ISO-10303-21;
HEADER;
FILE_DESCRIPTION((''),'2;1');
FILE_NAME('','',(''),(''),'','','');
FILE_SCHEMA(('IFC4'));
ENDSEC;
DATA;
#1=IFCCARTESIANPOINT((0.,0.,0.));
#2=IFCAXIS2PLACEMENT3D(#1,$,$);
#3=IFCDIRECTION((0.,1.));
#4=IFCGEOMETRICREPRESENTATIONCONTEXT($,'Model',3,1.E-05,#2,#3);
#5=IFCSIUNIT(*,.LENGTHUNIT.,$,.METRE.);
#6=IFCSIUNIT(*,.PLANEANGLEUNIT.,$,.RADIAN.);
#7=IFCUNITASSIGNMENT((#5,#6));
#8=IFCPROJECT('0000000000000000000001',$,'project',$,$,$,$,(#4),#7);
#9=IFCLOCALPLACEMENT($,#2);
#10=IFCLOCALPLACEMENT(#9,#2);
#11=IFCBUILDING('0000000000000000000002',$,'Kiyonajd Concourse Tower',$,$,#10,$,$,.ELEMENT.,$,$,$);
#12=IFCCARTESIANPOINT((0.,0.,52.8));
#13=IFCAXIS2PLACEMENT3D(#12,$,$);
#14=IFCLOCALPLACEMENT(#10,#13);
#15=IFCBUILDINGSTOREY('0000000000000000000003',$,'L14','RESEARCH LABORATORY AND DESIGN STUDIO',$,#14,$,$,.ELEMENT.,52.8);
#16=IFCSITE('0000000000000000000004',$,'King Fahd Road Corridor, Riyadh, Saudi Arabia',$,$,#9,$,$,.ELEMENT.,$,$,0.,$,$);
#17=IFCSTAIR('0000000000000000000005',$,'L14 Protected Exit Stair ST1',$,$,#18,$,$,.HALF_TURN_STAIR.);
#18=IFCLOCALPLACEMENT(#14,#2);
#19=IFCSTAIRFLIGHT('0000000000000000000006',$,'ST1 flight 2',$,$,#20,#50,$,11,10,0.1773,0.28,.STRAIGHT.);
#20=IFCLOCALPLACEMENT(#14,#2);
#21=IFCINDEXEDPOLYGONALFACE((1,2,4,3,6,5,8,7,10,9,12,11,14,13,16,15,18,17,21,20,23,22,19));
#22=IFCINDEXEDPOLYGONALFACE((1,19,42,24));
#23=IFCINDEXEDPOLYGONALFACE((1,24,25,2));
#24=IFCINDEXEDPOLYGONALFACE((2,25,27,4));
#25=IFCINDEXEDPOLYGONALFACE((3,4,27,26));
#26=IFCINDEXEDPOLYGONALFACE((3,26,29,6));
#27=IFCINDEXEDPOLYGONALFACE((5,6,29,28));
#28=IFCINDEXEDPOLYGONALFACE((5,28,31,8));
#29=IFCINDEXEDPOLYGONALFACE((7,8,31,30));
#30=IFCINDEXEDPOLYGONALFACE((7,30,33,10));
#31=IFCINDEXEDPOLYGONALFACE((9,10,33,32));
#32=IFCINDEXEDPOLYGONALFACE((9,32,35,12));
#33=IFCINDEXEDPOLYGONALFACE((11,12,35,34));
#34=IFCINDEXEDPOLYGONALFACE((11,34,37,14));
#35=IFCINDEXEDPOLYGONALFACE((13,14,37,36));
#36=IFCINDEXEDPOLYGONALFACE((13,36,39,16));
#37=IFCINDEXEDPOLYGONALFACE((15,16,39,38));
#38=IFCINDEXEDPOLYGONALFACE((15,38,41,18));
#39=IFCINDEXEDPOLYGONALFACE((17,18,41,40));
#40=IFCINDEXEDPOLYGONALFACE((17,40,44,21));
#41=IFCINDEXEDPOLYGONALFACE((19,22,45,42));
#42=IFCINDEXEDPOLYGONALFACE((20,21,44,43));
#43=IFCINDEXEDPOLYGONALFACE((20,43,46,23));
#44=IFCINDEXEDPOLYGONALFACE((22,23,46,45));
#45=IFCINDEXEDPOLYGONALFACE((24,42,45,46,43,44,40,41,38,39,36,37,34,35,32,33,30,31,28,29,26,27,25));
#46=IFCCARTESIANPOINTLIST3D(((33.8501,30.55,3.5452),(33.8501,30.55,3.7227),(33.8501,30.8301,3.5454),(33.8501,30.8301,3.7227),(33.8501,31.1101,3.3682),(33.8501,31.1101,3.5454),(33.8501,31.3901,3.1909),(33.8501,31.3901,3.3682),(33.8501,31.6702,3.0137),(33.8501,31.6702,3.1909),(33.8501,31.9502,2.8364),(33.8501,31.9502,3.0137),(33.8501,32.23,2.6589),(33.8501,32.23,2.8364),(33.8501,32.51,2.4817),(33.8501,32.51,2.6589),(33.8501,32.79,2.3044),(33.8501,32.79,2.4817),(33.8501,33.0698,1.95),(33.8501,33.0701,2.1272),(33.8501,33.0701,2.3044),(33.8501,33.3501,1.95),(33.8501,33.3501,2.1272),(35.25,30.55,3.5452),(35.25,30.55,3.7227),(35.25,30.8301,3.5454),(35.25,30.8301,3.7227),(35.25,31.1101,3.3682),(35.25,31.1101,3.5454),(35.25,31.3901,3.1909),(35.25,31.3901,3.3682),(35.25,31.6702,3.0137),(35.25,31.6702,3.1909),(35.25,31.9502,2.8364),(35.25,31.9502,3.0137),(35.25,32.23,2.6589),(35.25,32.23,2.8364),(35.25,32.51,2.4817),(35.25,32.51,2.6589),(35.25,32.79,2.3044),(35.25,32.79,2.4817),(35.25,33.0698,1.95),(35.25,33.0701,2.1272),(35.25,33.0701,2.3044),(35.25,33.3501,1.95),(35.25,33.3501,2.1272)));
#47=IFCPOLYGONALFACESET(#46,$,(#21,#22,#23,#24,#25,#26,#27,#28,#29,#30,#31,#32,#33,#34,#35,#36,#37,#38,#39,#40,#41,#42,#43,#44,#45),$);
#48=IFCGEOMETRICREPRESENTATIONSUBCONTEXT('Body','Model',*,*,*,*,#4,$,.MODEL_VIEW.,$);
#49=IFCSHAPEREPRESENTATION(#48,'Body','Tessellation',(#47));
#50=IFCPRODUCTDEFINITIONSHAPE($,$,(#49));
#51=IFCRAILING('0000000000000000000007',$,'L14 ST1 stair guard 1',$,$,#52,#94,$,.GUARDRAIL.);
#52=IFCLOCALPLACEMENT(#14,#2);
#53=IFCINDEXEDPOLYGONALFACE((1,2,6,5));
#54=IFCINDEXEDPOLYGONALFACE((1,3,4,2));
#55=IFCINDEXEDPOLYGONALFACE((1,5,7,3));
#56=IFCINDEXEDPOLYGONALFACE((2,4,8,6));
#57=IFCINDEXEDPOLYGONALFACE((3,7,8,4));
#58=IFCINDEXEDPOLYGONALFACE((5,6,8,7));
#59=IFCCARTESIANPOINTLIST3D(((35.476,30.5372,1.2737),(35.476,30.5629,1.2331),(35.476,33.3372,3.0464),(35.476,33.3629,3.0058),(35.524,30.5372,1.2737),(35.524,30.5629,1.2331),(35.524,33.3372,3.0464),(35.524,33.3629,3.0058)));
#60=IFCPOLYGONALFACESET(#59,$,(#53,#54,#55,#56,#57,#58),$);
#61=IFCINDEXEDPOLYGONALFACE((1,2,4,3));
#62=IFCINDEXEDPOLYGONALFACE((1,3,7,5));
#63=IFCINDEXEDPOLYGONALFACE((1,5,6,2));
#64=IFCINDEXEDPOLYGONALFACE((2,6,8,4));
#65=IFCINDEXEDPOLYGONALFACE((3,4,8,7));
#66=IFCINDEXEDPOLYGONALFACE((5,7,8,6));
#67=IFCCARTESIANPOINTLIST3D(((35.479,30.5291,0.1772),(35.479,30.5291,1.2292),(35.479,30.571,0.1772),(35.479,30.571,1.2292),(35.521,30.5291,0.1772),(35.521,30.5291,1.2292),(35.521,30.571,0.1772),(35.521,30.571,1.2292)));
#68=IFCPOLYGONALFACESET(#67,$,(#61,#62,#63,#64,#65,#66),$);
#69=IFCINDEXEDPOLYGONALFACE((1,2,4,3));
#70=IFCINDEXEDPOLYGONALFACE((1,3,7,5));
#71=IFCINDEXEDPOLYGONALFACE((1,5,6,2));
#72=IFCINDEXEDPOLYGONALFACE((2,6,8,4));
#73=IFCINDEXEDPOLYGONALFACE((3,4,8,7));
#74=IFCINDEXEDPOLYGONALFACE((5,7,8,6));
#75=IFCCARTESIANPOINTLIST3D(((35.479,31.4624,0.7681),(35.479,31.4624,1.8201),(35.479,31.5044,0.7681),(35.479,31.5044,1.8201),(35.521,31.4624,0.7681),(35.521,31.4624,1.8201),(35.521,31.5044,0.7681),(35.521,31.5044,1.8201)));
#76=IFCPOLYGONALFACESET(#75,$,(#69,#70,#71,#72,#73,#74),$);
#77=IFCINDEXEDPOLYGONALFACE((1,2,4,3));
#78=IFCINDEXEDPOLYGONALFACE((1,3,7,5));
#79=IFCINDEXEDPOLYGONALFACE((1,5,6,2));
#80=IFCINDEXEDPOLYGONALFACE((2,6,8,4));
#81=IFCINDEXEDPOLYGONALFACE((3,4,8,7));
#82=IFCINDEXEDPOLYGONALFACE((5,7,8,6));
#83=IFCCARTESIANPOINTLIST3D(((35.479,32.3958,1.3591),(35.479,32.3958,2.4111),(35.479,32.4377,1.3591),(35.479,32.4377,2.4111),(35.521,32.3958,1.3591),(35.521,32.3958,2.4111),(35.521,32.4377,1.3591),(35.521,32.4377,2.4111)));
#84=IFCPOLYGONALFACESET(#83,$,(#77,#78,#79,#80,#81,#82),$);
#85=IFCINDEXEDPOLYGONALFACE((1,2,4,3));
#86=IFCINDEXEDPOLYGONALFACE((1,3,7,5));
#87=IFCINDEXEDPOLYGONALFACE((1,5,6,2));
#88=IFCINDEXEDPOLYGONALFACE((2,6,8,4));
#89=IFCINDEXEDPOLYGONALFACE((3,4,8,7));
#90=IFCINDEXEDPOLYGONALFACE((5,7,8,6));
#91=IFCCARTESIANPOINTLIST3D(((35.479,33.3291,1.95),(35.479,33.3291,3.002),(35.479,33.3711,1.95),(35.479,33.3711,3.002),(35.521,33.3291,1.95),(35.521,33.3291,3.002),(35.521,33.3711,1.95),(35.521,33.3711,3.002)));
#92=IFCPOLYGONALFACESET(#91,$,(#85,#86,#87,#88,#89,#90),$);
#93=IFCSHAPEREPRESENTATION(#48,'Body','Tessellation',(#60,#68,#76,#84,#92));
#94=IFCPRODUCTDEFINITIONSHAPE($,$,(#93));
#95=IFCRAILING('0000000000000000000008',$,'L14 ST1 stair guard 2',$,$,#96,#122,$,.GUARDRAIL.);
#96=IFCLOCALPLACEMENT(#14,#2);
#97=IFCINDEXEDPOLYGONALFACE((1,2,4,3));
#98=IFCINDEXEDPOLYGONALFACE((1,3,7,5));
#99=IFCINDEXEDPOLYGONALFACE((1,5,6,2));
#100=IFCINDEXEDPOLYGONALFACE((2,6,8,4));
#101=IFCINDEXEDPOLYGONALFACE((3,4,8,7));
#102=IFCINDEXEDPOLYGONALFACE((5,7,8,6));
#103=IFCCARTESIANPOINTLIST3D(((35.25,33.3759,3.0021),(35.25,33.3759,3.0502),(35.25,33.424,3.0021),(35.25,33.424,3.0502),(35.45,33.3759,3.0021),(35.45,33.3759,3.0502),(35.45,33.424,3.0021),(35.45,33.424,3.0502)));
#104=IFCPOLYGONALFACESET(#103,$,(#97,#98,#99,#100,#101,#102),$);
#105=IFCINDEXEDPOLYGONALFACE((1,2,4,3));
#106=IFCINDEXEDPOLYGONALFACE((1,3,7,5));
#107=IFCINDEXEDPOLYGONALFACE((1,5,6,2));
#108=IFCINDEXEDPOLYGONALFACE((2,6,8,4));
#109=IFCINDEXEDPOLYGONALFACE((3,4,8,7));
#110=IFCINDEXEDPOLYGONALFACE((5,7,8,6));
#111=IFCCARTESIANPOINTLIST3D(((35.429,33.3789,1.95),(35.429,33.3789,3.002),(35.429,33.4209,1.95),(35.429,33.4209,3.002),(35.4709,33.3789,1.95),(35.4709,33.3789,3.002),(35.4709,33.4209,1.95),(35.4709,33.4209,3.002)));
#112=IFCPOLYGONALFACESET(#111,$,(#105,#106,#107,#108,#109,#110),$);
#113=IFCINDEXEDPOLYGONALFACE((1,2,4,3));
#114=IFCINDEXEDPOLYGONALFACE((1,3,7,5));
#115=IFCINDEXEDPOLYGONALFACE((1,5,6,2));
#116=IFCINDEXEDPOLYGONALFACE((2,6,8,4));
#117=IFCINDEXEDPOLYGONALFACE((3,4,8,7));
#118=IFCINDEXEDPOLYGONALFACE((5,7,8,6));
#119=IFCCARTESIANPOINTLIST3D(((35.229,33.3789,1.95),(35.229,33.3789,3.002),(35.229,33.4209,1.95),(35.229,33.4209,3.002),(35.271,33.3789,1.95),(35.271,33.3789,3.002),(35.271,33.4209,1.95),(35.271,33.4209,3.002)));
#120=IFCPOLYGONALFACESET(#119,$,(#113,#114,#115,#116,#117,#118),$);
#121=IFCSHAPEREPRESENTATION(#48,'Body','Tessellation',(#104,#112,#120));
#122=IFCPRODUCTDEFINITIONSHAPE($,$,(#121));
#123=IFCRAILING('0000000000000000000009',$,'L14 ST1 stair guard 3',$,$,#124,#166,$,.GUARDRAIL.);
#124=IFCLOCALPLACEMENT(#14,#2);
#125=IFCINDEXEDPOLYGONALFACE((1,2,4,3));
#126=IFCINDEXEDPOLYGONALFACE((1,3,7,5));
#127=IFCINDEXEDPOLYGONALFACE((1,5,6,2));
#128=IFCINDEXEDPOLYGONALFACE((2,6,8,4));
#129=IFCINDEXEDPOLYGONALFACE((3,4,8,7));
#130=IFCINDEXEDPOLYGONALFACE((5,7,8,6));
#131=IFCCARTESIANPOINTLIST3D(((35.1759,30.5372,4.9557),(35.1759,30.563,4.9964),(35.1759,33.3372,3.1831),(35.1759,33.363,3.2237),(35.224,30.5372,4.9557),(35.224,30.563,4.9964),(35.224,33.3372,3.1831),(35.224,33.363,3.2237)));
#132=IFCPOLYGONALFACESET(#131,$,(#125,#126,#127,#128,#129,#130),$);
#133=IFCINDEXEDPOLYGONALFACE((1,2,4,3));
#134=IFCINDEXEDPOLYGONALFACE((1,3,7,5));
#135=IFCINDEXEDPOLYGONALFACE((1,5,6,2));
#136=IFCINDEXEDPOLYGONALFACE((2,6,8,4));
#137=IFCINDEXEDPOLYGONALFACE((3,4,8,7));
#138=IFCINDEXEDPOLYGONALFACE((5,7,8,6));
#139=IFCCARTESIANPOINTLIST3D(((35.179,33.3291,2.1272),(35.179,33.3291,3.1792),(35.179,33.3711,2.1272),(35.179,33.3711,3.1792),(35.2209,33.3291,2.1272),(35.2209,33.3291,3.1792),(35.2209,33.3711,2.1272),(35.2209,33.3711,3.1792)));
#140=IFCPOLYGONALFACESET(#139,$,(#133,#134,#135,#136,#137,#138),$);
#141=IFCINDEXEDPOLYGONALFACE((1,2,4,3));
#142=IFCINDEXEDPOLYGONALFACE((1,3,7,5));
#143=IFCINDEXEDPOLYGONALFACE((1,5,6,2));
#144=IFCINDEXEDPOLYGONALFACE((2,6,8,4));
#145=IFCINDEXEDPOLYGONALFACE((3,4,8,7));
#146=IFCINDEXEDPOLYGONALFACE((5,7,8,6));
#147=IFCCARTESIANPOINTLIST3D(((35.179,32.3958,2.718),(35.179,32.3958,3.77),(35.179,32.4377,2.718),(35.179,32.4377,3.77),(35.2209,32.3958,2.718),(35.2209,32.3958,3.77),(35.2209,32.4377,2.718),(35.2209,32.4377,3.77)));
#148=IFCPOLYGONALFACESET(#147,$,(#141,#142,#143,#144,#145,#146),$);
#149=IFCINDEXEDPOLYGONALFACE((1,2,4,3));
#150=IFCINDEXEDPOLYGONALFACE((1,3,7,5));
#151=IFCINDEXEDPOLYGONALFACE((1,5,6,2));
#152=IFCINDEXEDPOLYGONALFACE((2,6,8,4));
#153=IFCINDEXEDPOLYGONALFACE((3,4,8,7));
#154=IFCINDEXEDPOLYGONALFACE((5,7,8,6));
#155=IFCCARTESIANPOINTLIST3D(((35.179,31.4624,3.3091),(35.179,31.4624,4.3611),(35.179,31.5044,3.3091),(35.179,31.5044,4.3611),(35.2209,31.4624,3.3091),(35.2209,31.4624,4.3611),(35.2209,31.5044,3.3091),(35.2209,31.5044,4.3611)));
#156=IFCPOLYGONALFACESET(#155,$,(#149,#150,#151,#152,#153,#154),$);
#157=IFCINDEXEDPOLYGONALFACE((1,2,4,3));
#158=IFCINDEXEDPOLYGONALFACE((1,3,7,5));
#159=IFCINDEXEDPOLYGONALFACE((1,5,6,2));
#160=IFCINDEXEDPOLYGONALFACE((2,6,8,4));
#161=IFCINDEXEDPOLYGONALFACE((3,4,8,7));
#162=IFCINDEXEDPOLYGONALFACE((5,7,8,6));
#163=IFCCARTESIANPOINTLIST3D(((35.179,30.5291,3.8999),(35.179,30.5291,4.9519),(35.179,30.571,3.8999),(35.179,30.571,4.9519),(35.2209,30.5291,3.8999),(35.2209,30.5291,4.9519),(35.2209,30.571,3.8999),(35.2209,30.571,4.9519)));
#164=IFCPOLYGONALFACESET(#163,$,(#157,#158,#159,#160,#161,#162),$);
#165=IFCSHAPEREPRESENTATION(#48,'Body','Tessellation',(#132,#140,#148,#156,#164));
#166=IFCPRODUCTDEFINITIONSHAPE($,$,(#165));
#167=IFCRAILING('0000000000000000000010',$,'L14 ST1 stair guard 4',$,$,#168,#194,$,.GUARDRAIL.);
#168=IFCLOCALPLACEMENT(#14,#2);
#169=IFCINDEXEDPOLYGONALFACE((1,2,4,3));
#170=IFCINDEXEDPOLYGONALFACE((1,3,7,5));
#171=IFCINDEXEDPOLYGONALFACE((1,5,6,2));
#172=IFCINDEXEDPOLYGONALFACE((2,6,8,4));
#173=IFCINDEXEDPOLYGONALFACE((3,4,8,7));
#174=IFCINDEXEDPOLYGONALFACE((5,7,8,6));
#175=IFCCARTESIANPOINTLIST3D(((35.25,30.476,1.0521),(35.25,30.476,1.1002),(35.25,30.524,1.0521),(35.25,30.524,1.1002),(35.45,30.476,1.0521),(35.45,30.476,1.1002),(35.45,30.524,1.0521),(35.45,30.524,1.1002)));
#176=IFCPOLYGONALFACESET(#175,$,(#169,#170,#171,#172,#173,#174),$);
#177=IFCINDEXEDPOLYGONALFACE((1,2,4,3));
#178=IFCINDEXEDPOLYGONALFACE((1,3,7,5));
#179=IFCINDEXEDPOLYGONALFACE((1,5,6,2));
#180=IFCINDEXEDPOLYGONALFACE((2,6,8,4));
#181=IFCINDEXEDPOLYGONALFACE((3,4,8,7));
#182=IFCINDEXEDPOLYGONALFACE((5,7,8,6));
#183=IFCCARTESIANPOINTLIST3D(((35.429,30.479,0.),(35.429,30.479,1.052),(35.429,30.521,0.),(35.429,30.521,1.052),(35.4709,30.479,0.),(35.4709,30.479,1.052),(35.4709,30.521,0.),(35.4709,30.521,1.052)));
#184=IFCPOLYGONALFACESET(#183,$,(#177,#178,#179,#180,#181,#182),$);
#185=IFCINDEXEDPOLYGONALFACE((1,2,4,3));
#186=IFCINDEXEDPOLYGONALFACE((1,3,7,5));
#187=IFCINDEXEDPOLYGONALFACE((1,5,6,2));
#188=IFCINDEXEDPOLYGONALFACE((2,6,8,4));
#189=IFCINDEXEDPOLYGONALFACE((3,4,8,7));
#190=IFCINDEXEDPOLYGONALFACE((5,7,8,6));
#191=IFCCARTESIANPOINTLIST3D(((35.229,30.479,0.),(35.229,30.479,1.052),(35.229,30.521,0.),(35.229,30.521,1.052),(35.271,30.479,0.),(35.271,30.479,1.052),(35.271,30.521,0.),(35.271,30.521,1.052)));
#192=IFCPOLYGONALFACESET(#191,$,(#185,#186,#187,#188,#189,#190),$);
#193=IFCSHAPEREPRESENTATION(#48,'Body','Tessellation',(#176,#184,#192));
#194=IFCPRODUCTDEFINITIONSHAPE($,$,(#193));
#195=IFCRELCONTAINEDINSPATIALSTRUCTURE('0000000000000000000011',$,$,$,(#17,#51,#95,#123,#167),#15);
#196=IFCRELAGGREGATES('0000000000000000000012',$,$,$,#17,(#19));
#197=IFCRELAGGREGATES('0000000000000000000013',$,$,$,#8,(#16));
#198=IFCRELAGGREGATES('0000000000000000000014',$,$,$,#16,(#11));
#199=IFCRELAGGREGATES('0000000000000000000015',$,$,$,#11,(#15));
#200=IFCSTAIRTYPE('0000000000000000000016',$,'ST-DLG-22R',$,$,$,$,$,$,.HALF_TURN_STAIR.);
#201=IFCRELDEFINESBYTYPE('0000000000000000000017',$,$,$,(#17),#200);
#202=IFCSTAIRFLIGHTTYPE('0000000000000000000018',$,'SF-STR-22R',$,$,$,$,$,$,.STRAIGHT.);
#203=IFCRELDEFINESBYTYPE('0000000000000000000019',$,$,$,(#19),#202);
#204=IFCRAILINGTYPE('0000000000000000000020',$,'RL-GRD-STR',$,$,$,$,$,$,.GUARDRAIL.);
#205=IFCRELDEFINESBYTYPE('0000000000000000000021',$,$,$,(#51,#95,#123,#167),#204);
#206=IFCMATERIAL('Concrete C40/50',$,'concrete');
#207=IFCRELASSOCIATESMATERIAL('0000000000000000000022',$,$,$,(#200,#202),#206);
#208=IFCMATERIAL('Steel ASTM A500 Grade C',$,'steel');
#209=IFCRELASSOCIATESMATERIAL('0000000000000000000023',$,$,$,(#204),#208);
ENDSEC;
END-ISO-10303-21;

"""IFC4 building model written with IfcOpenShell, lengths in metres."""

from ifc_helpers import new_model, si_unit, direction, frame, origin, origin_2d, place, context, subcontext, project, spatial, polyline, rectangle, outline, extrude, material, type_object, element, aggregate, save


model = new_model("IFC4")

# Units and contexts
model_context = context("Model", 3, precision=1e-05, world=origin(), true_north=direction((0.0, 1.0)))
body_context = subcontext(model_context, "Body", "Model", "MODEL_VIEW")
ifc_project = project(units=[si_unit("LENGTHUNIT", "METRE"), si_unit("PLANEANGLEUNIT", "RADIAN")], contexts=[model_context])

# Site, building, storey
site_placement = place(None, origin())
site = spatial("IfcSite", under=ifc_project, at=site_placement, Name="King Fahd Road Corridor, Riyadh, Saudi Arabia", CompositionType="ELEMENT", RefElevation=0.0)
building_placement = place(site_placement, origin())
building = spatial("IfcBuilding", under=site, at=building_placement, Name="Kiyonajd Concourse Tower", CompositionType="ELEMENT")
storey_placement = place(building_placement, frame((0.0, 0.0, 52.8)))
storey = spatial("IfcBuildingStorey", under=building, at=storey_placement, Name="L14", Description="RESEARCH LABORATORY AND DESIGN STUDIO", CompositionType="ELEMENT", Elevation=52.8)

# Stair, stair flight
ifc_material_1 = material(Name="Concrete C40/50", Category="concrete")
stair_type = type_object("IfcStairType", Name="ST-DLG-22R", PredefinedType="HALF_TURN_STAIR", material=ifc_material_1)
stair_placement = place(storey_placement, origin())
stair = element("IfcStair", 1, at=stair_placement, inside=storey, type_object=stair_type, Name="L14 Protected Exit Stair ST1", PredefinedType="HALF_TURN_STAIR")
stair_flight_type = type_object("IfcStairFlightType", Name="SF-STR-22R", PredefinedType="STRAIGHT", material=ifc_material_1)
stair_flight_1_placement = place(storey_placement, frame((34.55, 33.3501, 1.95), z_axis=(0.0, 0.0, 1.0), x_axis=(0.0, -1.0, 0.0)))
stair_flight_1 = element("IfcStairFlight", 2, at=stair_flight_1_placement, type_object=stair_flight_type, Name="ST1 flight 2", NumberOfRisers=11, NumberOfTreads=10, PredefinedType="STRAIGHT", RiserHeight=0.1773, TreadLength=0.28, context=body_context, shape_type="SweptSolid", body=[
    extrude(outline(polyline([(0.0, 0.0), (0.0, 0.1772), (0.28, 0.1772), (0.28, 0.3545), (0.5601, 0.3545), (0.5601, 0.5317), (0.8401, 0.5317), (0.8401, 0.709), (1.1201, 0.709), (1.1201, 0.8865), (1.3999, 0.8865), (1.3999, 1.0637), (1.6799, 1.0637), (1.6799, 1.241), (1.96, 1.241), (1.96, 1.4182), (2.24, 1.4182), (2.24, 1.5955), (2.52, 1.5955), (2.52, 1.7727), (2.8, 1.7727), (2.8, 1.95), (2.8, 1.5952), (0.2803, 0.0), (0.0, 0.0)])), frame((0.0, 0.7, 0.0), z_axis=(0.0, -1.0, 0.0), x_axis=(1.0, 0.0, 0.0)), (0.0, 0.0, 1.0), 1.3999),
])
aggregate(stair, [stair_flight_1])

# Railings
ifc_material_2 = material(Name="Steel ASTM A500 Grade C", Category="steel")
railing_type_1 = type_object("IfcRailingType", Name="RL-GRD-STR", PredefinedType="GUARDRAIL", material=ifc_material_2)
railing_1_placement = place(storey_placement, frame((35.5, 30.55, 0.1772)))
element("IfcRailing", 3, at=railing_1_placement, inside=storey, type_object=railing_type_1, Name="L14 ST1 stair guard 1", PredefinedType="GUARDRAIL", context=body_context, shape_type="SweptSolid", body=[
    extrude(rectangle(XDim=0.0481, YDim=0.0481, at=origin_2d()), frame((0.0, 0.0, 1.0762), z_axis=(0.0, 0.844909, 0.53491), x_axis=(-1.0, 0.0, 0.0)), (0.0, 0.0, 1.0), 3.314),
    extrude(rectangle(XDim=0.042, YDim=0.042, at=origin_2d()), origin(), (0.0, 0.0, 1.0), 1.052),
    extrude(rectangle(XDim=0.042, YDim=0.042, at=origin_2d()), frame((0.0, 0.9333, 0.5908)), (0.0, 0.0, 1.0), 1.052),
    extrude(rectangle(XDim=0.042, YDim=0.042, at=origin_2d()), frame((0.0, 1.8667, 1.1819)), (0.0, 0.0, 1.0), 1.052),
    extrude(rectangle(XDim=0.042, YDim=0.042, at=origin_2d()), frame((0.0, 2.8, 1.7727)), (0.0, 0.0, 1.0), 1.052),
])
railing_2_placement = place(storey_placement, frame((35.45, 33.3999, 1.95)))
element("IfcRailing", 4, at=railing_2_placement, inside=storey, type_object=railing_type_1, Name="L14 ST1 stair guard 2", PredefinedType="GUARDRAIL", context=body_context, shape_type="SweptSolid", body=[
    extrude(rectangle(XDim=0.0481, YDim=0.0481, at=origin_2d()), frame((0.0, 0.0, 1.0762), z_axis=(-1.0, 0.0, 0.0), x_axis=(0.0, -1.0, 0.0)), (0.0, 0.0, 1.0), 0.2),
    extrude(rectangle(XDim=0.042, YDim=0.042, at=origin_2d()), origin(), (0.0, 0.0, 1.0), 1.052),
    extrude(rectangle(XDim=0.042, YDim=0.042, at=origin_2d()), frame((-0.2, 0.0, 0.0)), (0.0, 0.0, 1.0), 1.052),
])
railing_3_placement = place(storey_placement, frame((35.2, 33.3501, 2.1272)))
element("IfcRailing", 5, at=railing_3_placement, inside=storey, type_object=railing_type_1, Name="L14 ST1 stair guard 3", PredefinedType="GUARDRAIL", context=body_context, shape_type="SweptSolid", body=[
    extrude(rectangle(XDim=0.0481, YDim=0.0481, at=origin_2d()), frame((0.0, 0.0, 1.0762), z_axis=(0.0, -0.844909, 0.53491), x_axis=(1.0, 0.0, 0.0)), (0.0, 0.0, 1.0), 3.314),
    extrude(rectangle(XDim=0.042, YDim=0.042, at=origin_2d()), origin(), (0.0, 0.0, 1.0), 1.052),
    extrude(rectangle(XDim=0.042, YDim=0.042, at=origin_2d()), frame((0.0, -0.9333, 0.5908)), (0.0, 0.0, 1.0), 1.052),
    extrude(rectangle(XDim=0.042, YDim=0.042, at=origin_2d()), frame((0.0, -1.8667, 1.1819)), (0.0, 0.0, 1.0), 1.052),
    extrude(rectangle(XDim=0.042, YDim=0.042, at=origin_2d()), frame((0.0, -2.8, 1.7727)), (0.0, 0.0, 1.0), 1.052),
])
railing_4_placement = place(storey_placement, frame((35.45, 30.5, 0.0)))
element("IfcRailing", 6, at=railing_4_placement, inside=storey, type_object=railing_type_1, Name="L14 ST1 stair guard 4", PredefinedType="GUARDRAIL", context=body_context, shape_type="SweptSolid", body=[
    extrude(rectangle(XDim=0.0481, YDim=0.0481, at=origin_2d()), frame((0.0, 0.0, 1.0762), z_axis=(-1.0, 0.0, 0.0), x_axis=(0.0, -1.0, 0.0)), (0.0, 0.0, 1.0), 0.2),
    extrude(rectangle(XDim=0.042, YDim=0.042, at=origin_2d()), origin(), (0.0, 0.0, 1.0), 1.052),
    extrude(rectangle(XDim=0.042, YDim=0.042, at=origin_2d()), frame((-0.2, 0.0, 0.0)), (0.0, 0.0, 1.0), 1.052),
])

save(model, "model.ifc")
